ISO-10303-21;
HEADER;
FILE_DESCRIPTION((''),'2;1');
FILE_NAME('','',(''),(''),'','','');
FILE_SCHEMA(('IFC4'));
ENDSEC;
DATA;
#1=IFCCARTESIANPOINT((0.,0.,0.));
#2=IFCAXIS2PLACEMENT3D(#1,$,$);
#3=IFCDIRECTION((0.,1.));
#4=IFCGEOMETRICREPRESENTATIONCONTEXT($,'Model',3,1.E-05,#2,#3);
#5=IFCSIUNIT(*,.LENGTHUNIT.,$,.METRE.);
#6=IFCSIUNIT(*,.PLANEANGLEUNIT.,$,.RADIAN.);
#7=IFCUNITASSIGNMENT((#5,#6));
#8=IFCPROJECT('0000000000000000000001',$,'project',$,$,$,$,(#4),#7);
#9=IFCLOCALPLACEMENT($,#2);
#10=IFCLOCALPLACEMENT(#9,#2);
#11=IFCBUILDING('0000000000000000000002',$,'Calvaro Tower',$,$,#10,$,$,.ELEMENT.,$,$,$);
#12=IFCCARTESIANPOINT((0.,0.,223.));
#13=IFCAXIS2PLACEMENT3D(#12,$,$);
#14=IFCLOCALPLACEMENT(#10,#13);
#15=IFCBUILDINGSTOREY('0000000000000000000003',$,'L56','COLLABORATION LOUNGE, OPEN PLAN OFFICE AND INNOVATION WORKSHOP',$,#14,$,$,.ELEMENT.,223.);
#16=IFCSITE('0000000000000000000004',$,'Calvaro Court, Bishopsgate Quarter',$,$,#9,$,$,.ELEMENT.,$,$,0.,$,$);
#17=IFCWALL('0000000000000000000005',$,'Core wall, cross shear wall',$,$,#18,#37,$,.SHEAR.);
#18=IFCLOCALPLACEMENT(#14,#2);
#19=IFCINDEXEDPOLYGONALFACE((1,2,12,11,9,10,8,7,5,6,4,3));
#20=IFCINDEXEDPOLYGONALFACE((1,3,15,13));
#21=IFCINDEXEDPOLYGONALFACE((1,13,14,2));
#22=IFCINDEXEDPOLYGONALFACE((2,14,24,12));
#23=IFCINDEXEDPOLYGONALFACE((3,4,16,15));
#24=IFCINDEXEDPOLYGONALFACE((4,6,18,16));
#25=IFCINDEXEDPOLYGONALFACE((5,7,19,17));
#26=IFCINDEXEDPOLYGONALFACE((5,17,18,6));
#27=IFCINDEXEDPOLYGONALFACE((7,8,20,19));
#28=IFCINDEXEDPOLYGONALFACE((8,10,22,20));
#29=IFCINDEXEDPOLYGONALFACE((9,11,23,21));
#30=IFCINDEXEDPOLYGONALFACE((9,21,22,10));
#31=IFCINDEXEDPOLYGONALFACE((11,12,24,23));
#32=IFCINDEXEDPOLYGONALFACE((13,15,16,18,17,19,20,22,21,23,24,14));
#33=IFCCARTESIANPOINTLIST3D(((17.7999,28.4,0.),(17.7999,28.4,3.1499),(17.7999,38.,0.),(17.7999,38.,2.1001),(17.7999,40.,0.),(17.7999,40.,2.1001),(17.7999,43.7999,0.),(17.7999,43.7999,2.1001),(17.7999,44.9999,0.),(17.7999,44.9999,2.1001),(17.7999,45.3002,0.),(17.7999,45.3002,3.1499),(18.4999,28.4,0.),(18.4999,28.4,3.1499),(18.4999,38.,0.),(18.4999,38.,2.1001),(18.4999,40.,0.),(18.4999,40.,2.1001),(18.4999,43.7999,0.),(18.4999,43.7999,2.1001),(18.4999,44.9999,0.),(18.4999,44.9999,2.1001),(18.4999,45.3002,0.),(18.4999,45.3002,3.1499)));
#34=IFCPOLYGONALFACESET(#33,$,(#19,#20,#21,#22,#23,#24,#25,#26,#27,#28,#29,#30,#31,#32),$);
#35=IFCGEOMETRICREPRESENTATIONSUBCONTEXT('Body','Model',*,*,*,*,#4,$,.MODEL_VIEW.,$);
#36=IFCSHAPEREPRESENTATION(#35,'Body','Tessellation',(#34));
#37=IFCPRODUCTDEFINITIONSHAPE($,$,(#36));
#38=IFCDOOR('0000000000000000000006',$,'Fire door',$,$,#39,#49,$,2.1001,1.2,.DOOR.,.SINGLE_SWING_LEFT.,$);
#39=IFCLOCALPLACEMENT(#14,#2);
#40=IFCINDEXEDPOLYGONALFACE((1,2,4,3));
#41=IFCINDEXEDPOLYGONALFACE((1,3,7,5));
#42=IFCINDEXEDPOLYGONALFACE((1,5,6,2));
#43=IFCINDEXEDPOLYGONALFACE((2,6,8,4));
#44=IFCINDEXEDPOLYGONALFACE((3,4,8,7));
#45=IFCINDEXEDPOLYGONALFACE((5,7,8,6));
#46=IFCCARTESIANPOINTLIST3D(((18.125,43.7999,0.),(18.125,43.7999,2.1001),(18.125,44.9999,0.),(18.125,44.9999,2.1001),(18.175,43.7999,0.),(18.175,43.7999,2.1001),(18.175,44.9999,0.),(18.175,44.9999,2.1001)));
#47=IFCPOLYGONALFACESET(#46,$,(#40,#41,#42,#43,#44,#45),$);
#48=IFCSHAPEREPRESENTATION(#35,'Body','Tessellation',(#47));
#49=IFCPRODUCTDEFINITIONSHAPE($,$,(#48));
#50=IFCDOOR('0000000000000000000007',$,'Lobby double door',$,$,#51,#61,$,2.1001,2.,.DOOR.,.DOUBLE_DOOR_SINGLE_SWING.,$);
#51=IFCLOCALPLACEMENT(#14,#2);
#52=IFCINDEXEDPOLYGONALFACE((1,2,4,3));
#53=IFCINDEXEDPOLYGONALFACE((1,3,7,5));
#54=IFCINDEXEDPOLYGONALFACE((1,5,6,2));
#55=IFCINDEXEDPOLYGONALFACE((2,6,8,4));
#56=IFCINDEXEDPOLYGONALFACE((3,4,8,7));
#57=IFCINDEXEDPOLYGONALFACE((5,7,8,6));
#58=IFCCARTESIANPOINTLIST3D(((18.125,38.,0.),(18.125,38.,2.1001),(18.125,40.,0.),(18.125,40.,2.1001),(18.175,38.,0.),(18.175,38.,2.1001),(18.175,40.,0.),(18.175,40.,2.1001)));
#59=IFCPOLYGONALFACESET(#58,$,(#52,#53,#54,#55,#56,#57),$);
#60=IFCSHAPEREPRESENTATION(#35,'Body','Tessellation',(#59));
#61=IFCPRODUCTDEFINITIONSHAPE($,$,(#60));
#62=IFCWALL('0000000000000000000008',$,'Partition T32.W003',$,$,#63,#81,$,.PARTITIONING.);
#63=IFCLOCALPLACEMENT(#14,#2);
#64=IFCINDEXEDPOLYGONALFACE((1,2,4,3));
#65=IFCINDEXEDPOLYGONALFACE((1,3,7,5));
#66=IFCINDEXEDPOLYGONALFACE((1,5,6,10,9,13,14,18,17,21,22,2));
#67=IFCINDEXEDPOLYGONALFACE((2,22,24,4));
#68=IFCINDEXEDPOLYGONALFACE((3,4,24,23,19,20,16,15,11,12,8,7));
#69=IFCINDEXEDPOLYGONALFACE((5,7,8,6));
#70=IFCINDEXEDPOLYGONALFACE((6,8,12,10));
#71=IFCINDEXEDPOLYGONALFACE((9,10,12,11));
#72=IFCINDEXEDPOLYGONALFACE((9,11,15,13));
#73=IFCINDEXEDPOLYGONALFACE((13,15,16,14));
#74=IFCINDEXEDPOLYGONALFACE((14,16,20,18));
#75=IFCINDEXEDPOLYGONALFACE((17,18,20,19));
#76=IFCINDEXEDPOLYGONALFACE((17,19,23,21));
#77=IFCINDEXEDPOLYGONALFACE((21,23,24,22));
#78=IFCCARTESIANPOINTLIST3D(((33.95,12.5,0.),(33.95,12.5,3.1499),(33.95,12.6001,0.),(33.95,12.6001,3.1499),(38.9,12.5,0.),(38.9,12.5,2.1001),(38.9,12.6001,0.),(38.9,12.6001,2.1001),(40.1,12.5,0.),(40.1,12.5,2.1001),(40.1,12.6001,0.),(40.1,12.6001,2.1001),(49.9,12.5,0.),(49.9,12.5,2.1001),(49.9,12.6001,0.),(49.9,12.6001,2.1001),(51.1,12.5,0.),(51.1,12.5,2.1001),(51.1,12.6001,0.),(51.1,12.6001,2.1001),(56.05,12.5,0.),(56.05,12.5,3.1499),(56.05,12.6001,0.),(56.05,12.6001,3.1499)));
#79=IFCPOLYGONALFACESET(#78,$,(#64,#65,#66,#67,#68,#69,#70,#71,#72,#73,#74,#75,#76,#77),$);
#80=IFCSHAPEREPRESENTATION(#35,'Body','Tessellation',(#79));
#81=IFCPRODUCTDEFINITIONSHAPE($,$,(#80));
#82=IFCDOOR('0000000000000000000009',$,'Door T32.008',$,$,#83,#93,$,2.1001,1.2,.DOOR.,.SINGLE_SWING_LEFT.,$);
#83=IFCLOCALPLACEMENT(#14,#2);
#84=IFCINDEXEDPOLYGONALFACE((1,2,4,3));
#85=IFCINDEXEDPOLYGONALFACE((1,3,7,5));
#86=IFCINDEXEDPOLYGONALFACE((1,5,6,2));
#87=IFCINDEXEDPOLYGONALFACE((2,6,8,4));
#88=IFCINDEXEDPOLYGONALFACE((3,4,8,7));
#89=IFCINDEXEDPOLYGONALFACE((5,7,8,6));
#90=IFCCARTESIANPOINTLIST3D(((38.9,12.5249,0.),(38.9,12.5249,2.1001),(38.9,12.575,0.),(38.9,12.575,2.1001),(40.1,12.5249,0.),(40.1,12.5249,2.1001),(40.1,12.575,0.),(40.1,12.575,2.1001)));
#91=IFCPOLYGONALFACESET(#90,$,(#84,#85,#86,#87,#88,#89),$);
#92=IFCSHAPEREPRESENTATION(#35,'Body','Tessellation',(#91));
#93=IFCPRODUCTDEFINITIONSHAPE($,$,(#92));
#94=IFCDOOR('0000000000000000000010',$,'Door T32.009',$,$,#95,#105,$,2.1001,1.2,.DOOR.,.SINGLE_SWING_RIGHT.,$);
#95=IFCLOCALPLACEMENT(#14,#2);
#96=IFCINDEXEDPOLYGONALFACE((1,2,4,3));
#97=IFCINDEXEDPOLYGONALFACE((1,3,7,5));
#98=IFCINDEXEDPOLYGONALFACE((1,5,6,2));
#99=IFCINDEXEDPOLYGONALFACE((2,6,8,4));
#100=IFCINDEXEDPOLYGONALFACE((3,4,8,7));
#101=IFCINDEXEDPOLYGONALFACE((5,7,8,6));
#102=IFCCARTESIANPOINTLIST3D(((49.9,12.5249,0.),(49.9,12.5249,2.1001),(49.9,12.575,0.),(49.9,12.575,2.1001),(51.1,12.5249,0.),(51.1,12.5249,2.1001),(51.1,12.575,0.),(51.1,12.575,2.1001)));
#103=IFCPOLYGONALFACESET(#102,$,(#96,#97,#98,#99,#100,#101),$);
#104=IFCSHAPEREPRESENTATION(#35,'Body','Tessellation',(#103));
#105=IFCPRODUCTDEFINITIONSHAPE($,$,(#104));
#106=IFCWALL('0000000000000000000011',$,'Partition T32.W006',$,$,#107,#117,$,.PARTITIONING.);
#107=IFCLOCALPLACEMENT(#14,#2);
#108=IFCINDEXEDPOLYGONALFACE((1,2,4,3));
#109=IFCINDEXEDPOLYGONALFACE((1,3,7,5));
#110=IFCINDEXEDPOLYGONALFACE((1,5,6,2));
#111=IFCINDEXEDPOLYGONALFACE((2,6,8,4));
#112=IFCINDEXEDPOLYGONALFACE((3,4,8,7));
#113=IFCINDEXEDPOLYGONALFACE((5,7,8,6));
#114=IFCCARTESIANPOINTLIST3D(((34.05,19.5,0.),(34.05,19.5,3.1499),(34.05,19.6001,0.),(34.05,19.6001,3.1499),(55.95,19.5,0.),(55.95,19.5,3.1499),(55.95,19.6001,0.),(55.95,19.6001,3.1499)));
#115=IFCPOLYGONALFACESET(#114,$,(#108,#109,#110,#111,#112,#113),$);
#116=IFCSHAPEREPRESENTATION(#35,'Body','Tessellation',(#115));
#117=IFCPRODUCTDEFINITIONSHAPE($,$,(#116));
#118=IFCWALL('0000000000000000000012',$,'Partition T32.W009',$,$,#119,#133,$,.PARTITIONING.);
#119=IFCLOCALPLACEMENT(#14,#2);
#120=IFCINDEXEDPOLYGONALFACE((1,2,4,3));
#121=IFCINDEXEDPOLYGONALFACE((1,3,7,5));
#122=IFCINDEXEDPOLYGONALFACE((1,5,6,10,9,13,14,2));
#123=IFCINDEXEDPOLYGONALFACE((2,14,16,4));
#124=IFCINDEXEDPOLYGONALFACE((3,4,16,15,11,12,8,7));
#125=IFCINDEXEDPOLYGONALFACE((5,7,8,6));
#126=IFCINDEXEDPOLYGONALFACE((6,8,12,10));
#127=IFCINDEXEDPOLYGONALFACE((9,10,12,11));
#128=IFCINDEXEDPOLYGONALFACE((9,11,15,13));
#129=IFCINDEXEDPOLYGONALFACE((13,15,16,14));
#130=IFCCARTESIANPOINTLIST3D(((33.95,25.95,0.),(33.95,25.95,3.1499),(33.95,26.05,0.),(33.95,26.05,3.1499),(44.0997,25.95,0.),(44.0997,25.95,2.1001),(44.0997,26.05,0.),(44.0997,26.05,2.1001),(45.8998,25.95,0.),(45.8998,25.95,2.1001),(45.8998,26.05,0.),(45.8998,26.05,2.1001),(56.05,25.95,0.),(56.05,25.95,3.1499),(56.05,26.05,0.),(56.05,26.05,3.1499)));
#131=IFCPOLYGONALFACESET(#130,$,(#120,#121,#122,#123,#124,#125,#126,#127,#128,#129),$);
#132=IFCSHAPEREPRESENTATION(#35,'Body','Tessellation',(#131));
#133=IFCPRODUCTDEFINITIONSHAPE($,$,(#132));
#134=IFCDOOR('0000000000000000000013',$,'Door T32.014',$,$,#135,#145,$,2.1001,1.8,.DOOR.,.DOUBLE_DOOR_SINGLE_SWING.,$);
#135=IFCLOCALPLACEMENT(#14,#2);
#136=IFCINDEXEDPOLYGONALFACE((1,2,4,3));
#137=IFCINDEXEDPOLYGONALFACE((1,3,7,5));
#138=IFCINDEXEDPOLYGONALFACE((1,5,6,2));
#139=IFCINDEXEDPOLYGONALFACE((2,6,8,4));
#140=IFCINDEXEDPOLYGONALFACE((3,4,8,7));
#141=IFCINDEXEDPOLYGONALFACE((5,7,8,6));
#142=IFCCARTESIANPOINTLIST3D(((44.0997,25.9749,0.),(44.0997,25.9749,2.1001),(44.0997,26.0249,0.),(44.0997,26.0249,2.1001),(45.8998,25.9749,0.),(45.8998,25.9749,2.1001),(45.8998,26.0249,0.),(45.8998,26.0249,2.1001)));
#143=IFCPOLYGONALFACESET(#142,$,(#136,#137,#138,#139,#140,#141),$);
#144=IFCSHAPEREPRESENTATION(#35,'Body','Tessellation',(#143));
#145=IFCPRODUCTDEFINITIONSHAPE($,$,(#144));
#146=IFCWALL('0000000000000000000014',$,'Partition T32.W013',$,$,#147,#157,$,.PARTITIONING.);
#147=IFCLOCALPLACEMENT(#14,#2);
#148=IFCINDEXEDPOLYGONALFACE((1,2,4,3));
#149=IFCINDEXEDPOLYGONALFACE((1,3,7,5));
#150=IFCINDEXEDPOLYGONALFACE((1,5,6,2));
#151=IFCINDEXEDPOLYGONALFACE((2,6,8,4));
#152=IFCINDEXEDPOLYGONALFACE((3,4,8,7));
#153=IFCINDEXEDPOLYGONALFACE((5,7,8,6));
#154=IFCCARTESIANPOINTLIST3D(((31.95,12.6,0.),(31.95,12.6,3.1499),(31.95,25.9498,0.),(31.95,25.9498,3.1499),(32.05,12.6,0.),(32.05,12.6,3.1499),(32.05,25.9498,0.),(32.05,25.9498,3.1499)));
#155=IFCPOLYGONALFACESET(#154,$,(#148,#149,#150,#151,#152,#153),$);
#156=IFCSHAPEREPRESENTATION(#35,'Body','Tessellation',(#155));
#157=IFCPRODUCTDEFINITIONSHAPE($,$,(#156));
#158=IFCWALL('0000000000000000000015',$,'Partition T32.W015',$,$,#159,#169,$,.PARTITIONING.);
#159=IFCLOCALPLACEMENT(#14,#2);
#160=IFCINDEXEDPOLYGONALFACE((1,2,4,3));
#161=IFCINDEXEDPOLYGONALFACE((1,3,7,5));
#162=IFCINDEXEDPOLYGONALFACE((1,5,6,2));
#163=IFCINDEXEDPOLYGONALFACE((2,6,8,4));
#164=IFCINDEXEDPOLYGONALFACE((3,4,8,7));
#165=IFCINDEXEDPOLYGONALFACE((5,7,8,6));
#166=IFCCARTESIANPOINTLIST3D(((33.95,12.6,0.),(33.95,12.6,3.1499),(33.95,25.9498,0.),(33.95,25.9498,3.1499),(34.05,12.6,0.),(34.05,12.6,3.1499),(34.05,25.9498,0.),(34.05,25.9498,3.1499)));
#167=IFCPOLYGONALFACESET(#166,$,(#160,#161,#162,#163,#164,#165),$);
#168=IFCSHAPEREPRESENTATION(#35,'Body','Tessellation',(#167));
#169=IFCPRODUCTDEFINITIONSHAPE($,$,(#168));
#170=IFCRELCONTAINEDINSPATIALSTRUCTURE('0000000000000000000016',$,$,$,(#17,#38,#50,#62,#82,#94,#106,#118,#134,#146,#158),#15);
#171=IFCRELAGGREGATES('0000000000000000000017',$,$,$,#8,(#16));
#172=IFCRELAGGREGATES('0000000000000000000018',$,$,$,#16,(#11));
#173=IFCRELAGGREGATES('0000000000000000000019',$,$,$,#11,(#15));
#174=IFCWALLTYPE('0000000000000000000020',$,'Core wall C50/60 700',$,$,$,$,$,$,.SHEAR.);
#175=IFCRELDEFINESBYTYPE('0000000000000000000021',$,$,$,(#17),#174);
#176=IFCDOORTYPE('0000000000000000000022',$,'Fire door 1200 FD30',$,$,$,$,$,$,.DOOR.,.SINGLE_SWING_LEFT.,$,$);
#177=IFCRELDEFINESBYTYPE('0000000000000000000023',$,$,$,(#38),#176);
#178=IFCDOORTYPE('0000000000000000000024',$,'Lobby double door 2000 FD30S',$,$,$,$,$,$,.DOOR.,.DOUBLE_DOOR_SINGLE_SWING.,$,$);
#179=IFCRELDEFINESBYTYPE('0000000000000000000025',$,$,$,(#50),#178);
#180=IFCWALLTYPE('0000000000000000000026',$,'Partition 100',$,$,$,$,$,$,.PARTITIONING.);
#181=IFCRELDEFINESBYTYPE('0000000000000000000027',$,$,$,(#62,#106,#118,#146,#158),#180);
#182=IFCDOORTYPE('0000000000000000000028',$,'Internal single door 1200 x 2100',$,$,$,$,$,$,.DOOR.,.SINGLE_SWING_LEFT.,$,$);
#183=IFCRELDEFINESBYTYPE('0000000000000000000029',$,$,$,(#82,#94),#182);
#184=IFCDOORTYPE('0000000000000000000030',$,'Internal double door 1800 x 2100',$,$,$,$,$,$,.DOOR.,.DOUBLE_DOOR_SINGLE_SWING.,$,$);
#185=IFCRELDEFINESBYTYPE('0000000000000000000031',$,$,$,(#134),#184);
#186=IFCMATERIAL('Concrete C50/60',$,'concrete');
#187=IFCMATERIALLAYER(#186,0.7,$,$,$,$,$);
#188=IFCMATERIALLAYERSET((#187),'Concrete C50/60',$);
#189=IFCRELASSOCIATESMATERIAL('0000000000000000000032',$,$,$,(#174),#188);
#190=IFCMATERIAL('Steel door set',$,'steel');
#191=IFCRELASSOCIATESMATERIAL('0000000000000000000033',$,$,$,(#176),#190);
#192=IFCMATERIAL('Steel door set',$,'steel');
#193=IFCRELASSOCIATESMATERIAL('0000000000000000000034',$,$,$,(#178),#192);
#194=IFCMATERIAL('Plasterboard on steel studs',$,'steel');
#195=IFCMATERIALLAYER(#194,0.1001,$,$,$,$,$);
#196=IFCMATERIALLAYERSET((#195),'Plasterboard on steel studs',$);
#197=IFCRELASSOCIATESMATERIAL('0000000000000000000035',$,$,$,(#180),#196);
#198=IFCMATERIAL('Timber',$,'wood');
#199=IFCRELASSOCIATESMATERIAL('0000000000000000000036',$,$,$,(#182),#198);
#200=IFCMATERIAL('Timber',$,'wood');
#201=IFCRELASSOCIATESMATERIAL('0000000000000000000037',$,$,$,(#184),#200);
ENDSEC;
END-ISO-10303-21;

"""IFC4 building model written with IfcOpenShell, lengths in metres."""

from ifc_helpers import new_model, si_unit, direction, frame, frame_2d, origin, place, context, subcontext, project, spatial, rectangle, extrude, material, layer, layer_set, type_object, element, fill, save


model = new_model("IFC4")

# Units and contexts
model_context = context("Model", 3, precision=1e-05, world=origin(), true_north=direction((0.0, 1.0)))
body_context = subcontext(model_context, "Body", "Model", "MODEL_VIEW")
ifc_project = project(units=[si_unit("LENGTHUNIT", "METRE"), si_unit("PLANEANGLEUNIT", "RADIAN")], contexts=[model_context])

# Site, building, storey
site_placement = place(None, origin())
site = spatial("IfcSite", under=ifc_project, at=site_placement, Name="Calvaro Court, Bishopsgate Quarter", CompositionType="ELEMENT", RefElevation=0.0)
building_placement = place(site_placement, origin())
building = spatial("IfcBuilding", under=site, at=building_placement, Name="Calvaro Tower", CompositionType="ELEMENT")
storey_placement = place(building_placement, frame((0.0, 0.0, 223.0)))
storey = spatial("IfcBuildingStorey", under=building, at=storey_placement, Name="L56", Description="COLLABORATION LOUNGE, OPEN PLAN OFFICE AND INNOVATION WORKSHOP", CompositionType="ELEMENT", Elevation=223.0)

# Walls, openings, doors
ifc_material_1 = material(Name="Concrete C50/60", Category="concrete")
ifc_layer_1 = layer(ifc_material_1, 0.7)
ifc_layer_set_1 = layer_set([ifc_layer_1], Name="Concrete C50/60")
wall_type_1 = type_object("IfcWallType", Name="Core wall C50/60 700", PredefinedType="SHEAR", material=ifc_layer_set_1)
wall_1_placement = place(storey_placement, frame((18.1499, 28.3999, 0.0), z_axis=(0.0, 0.0, 1.0), x_axis=(0.0, 1.0, 0.0)))
wall_1 = element("IfcWall", 1, at=wall_1_placement, inside=storey, type_object=wall_type_1, Name="Core wall, cross shear wall", PredefinedType="SHEAR", context=body_context, shape_type="SweptSolid", body=[
    extrude(rectangle(XDim=16.9001, YDim=0.7, at=frame_2d((8.4502, 0.0))), origin(), (0.0, 0.0, 1.0), 3.1499),
])
opening_1_placement = place(wall_1_placement, frame((9.6001, 0.0, 0.0)))
opening_1 = element("IfcOpeningElement", 2, at=opening_1_placement, cuts=wall_1, PredefinedType="OPENING", context=body_context, shape_type="SweptSolid", body=[
    extrude(rectangle(XDim=2.0, YDim=2.1001, at=frame_2d((1.0, 1.05))), frame((0.0, 0.3599, 0.0), z_axis=(0.0, -1.0, 0.0), x_axis=(1.0, 0.0, 0.0)), (0.0, 0.0, 1.0), 0.72),
])
opening_2_placement = place(wall_1_placement, frame((15.3999, 0.0, 0.0)))
opening_2 = element("IfcOpeningElement", 3, at=opening_2_placement, cuts=wall_1, PredefinedType="OPENING", context=body_context, shape_type="SweptSolid", body=[
    extrude(rectangle(XDim=1.2, YDim=2.1001, at=frame_2d((0.6001, 1.05))), frame((0.0, 0.3599, 0.0), z_axis=(0.0, -1.0, 0.0), x_axis=(1.0, 0.0, 0.0)), (0.0, 0.0, 1.0), 0.72),
])
ifc_material_2 = material(Name="Steel door set", Category="steel")
door_type_1 = type_object("IfcDoorType", Name="Fire door 1200 FD30", OperationType="SINGLE_SWING_LEFT", PredefinedType="DOOR", material=ifc_material_2)
door_1_placement = place(opening_2_placement, origin())
door_1 = element("IfcDoor", 4, at=door_1_placement, inside=storey, type_object=door_type_1, Name="Fire door", OperationType="SINGLE_SWING_LEFT", OverallHeight=2.1001, OverallWidth=1.2, PredefinedType="DOOR", context=body_context, shape_type="SweptSolid", body=[
    extrude(rectangle(XDim=1.2, YDim=2.1001, at=frame_2d((0.6001, 1.05))), frame((0.0, 0.0249, 0.0), z_axis=(0.0, -1.0, 0.0), x_axis=(1.0, 0.0, 0.0)), (0.0, 0.0, 1.0), 0.05),
])
fill(opening_2, door_1)
ifc_material_3 = material(Name="Steel door set", Category="steel")
door_type_2 = type_object("IfcDoorType", Name="Lobby double door 2000 FD30S", OperationType="DOUBLE_DOOR_SINGLE_SWING", PredefinedType="DOOR", material=ifc_material_3)
door_2_placement = place(opening_1_placement, origin())
door_2 = element("IfcDoor", 5, at=door_2_placement, inside=storey, type_object=door_type_2, Name="Lobby double door", OperationType="DOUBLE_DOOR_SINGLE_SWING", OverallHeight=2.1001, OverallWidth=2.0, PredefinedType="DOOR", context=body_context, shape_type="SweptSolid", body=[
    extrude(rectangle(XDim=2.0, YDim=2.1001, at=frame_2d((1.0, 1.05))), frame((0.0, 0.0249, 0.0), z_axis=(0.0, -1.0, 0.0), x_axis=(1.0, 0.0, 0.0)), (0.0, 0.0, 1.0), 0.05),
])
fill(opening_1, door_2)
ifc_material_4 = material(Name="Plasterboard on steel studs", Category="steel")
ifc_layer_2 = layer(ifc_material_4, 0.1001)
ifc_layer_set_2 = layer_set([ifc_layer_2], Name="Plasterboard on steel studs")
wall_type_2 = type_object("IfcWallType", Name="Partition 100", PredefinedType="PARTITIONING", material=ifc_layer_set_2)
wall_2_placement = place(storey_placement, frame((33.95, 12.55, 0.0), z_axis=(0.0, 0.0, 1.0), x_axis=(1.0, 0.0, 0.0)))
wall_2 = element("IfcWall", 6, at=wall_2_placement, inside=storey, type_object=wall_type_2, Name="Partition T32.W003", PredefinedType="PARTITIONING", context=body_context, shape_type="SweptSolid", body=[
    extrude(rectangle(XDim=22.1001, YDim=0.1001, at=frame_2d((11.05, 0.0))), origin(), (0.0, 0.0, 1.0), 3.1499),
])
opening_3_placement = place(wall_2_placement, frame((4.95, 0.0, 0.0)))
opening_3 = element("IfcOpeningElement", 7, at=opening_3_placement, cuts=wall_2, PredefinedType="OPENING", context=body_context, shape_type="SweptSolid", body=[
    extrude(rectangle(XDim=1.2, YDim=2.1001, at=frame_2d((0.6001, 1.05))), frame((0.0, 0.0601, 0.0), z_axis=(0.0, -1.0, 0.0), x_axis=(1.0, 0.0, 0.0)), (0.0, 0.0, 1.0), 0.1201),
])
opening_4_placement = place(wall_2_placement, frame((15.95, 0.0, 0.0)))
opening_4 = element("IfcOpeningElement", 8, at=opening_4_placement, cuts=wall_2, PredefinedType="OPENING", context=body_context, shape_type="SweptSolid", body=[
    extrude(rectangle(XDim=1.2, YDim=2.1001, at=frame_2d((0.6001, 1.05))), frame((0.0, 0.0601, 0.0), z_axis=(0.0, -1.0, 0.0), x_axis=(1.0, 0.0, 0.0)), (0.0, 0.0, 1.0), 0.1201),
])
ifc_material_5 = material(Name="Timber", Category="wood")
door_type_3 = type_object("IfcDoorType", Name="Internal single door 1200 x 2100", OperationType="SINGLE_SWING_LEFT", PredefinedType="DOOR", material=ifc_material_5)
door_3_placement = place(opening_3_placement, origin())
door_3 = element("IfcDoor", 9, at=door_3_placement, inside=storey, type_object=door_type_3, Name="Door T32.008", OperationType="SINGLE_SWING_LEFT", OverallHeight=2.1001, OverallWidth=1.2, PredefinedType="DOOR", context=body_context, shape_type="SweptSolid", body=[
    extrude(rectangle(XDim=1.2, YDim=2.1001, at=frame_2d((0.6001, 1.05))), frame((0.0, 0.0249, 0.0), z_axis=(0.0, -1.0, 0.0), x_axis=(1.0, 0.0, 0.0)), (0.0, 0.0, 1.0), 0.05),
])
fill(opening_3, door_3)
door_4_placement = place(opening_4_placement, origin())
door_4 = element("IfcDoor", 10, at=door_4_placement, inside=storey, type_object=door_type_3, Name="Door T32.009", OperationType="SINGLE_SWING_RIGHT", OverallHeight=2.1001, OverallWidth=1.2, PredefinedType="DOOR", context=body_context, shape_type="SweptSolid", body=[
    extrude(rectangle(XDim=1.2, YDim=2.1001, at=frame_2d((0.6001, 1.05))), frame((0.0, 0.0249, 0.0), z_axis=(0.0, -1.0, 0.0), x_axis=(1.0, 0.0, 0.0)), (0.0, 0.0, 1.0), 0.05),
])
fill(opening_4, door_4)

# Wall
wall_3_placement = place(storey_placement, frame((34.05, 19.55, 0.0), z_axis=(0.0, 0.0, 1.0), x_axis=(1.0, 0.0, 0.0)))
element("IfcWall", 11, at=wall_3_placement, inside=storey, type_object=wall_type_2, Name="Partition T32.W006", PredefinedType="PARTITIONING", context=body_context, shape_type="SweptSolid", body=[
    extrude(rectangle(XDim=21.8999, YDim=0.1001, at=frame_2d((10.95, 0.0))), origin(), (0.0, 0.0, 1.0), 3.1499),
])

# Wall, opening, door
wall_4_placement = place(storey_placement, frame((33.95, 26.0, 0.0), z_axis=(0.0, 0.0, 1.0), x_axis=(1.0, 0.0, 0.0)))
wall_4 = element("IfcWall", 12, at=wall_4_placement, inside=storey, type_object=wall_type_2, Name="Partition T32.W009", PredefinedType="PARTITIONING", context=body_context, shape_type="SweptSolid", body=[
    extrude(rectangle(XDim=22.1001, YDim=0.1001, at=frame_2d((11.05, 0.0))), origin(), (0.0, 0.0, 1.0), 3.1499),
])
opening_5_placement = place(wall_4_placement, frame((10.1499, 0.0, 0.0)))
opening_5 = element("IfcOpeningElement", 13, at=opening_5_placement, cuts=wall_4, PredefinedType="OPENING", context=body_context, shape_type="SweptSolid", body=[
    extrude(rectangle(XDim=1.8, YDim=2.1001, at=frame_2d((0.8999, 1.05))), frame((0.0, 0.0601, 0.0), z_axis=(0.0, -1.0, 0.0), x_axis=(1.0, 0.0, 0.0)), (0.0, 0.0, 1.0), 0.1201),
])
ifc_material_6 = material(Name="Timber", Category="wood")
door_type_4 = type_object("IfcDoorType", Name="Internal double door 1800 x 2100", OperationType="DOUBLE_DOOR_SINGLE_SWING", PredefinedType="DOOR", material=ifc_material_6)
door_5_placement = place(opening_5_placement, origin())
door_5 = element("IfcDoor", 14, at=door_5_placement, inside=storey, type_object=door_type_4, Name="Door T32.014", OperationType="DOUBLE_DOOR_SINGLE_SWING", OverallHeight=2.1001, OverallWidth=1.8, PredefinedType="DOOR", context=body_context, shape_type="SweptSolid", body=[
    extrude(rectangle(XDim=1.8, YDim=2.1001, at=frame_2d((0.8999, 1.05))), frame((0.0, 0.0249, 0.0), z_axis=(0.0, -1.0, 0.0), x_axis=(1.0, 0.0, 0.0)), (0.0, 0.0, 1.0), 0.05),
])
fill(opening_5, door_5)

# Walls
for number, where, z_axis, x_axis, name in (
    (15, (32.0, 12.6001, 0.0), (0.0, 0.0, 1.0), (0.0, 1.0, 0.0), "Partition T32.W013"),
    (16, (34.0, 12.6001, 0.0), (0.0, 0.0, 1.0), (0.0, 1.0, 0.0), "Partition T32.W015"),
):
    element("IfcWall", number, at=place(storey_placement, frame(where, z_axis=z_axis, x_axis=x_axis)), inside=storey, type_object=wall_type_2, Name=name, PredefinedType="PARTITIONING", context=body_context, shape_type="SweptSolid", body=[
        extrude(rectangle(XDim=13.3499, YDim=0.1001, at=frame_2d((6.6748, 0.0))), origin(), (0.0, 0.0, 1.0), 3.1499),
    ])

save(model, "model.ifc")
